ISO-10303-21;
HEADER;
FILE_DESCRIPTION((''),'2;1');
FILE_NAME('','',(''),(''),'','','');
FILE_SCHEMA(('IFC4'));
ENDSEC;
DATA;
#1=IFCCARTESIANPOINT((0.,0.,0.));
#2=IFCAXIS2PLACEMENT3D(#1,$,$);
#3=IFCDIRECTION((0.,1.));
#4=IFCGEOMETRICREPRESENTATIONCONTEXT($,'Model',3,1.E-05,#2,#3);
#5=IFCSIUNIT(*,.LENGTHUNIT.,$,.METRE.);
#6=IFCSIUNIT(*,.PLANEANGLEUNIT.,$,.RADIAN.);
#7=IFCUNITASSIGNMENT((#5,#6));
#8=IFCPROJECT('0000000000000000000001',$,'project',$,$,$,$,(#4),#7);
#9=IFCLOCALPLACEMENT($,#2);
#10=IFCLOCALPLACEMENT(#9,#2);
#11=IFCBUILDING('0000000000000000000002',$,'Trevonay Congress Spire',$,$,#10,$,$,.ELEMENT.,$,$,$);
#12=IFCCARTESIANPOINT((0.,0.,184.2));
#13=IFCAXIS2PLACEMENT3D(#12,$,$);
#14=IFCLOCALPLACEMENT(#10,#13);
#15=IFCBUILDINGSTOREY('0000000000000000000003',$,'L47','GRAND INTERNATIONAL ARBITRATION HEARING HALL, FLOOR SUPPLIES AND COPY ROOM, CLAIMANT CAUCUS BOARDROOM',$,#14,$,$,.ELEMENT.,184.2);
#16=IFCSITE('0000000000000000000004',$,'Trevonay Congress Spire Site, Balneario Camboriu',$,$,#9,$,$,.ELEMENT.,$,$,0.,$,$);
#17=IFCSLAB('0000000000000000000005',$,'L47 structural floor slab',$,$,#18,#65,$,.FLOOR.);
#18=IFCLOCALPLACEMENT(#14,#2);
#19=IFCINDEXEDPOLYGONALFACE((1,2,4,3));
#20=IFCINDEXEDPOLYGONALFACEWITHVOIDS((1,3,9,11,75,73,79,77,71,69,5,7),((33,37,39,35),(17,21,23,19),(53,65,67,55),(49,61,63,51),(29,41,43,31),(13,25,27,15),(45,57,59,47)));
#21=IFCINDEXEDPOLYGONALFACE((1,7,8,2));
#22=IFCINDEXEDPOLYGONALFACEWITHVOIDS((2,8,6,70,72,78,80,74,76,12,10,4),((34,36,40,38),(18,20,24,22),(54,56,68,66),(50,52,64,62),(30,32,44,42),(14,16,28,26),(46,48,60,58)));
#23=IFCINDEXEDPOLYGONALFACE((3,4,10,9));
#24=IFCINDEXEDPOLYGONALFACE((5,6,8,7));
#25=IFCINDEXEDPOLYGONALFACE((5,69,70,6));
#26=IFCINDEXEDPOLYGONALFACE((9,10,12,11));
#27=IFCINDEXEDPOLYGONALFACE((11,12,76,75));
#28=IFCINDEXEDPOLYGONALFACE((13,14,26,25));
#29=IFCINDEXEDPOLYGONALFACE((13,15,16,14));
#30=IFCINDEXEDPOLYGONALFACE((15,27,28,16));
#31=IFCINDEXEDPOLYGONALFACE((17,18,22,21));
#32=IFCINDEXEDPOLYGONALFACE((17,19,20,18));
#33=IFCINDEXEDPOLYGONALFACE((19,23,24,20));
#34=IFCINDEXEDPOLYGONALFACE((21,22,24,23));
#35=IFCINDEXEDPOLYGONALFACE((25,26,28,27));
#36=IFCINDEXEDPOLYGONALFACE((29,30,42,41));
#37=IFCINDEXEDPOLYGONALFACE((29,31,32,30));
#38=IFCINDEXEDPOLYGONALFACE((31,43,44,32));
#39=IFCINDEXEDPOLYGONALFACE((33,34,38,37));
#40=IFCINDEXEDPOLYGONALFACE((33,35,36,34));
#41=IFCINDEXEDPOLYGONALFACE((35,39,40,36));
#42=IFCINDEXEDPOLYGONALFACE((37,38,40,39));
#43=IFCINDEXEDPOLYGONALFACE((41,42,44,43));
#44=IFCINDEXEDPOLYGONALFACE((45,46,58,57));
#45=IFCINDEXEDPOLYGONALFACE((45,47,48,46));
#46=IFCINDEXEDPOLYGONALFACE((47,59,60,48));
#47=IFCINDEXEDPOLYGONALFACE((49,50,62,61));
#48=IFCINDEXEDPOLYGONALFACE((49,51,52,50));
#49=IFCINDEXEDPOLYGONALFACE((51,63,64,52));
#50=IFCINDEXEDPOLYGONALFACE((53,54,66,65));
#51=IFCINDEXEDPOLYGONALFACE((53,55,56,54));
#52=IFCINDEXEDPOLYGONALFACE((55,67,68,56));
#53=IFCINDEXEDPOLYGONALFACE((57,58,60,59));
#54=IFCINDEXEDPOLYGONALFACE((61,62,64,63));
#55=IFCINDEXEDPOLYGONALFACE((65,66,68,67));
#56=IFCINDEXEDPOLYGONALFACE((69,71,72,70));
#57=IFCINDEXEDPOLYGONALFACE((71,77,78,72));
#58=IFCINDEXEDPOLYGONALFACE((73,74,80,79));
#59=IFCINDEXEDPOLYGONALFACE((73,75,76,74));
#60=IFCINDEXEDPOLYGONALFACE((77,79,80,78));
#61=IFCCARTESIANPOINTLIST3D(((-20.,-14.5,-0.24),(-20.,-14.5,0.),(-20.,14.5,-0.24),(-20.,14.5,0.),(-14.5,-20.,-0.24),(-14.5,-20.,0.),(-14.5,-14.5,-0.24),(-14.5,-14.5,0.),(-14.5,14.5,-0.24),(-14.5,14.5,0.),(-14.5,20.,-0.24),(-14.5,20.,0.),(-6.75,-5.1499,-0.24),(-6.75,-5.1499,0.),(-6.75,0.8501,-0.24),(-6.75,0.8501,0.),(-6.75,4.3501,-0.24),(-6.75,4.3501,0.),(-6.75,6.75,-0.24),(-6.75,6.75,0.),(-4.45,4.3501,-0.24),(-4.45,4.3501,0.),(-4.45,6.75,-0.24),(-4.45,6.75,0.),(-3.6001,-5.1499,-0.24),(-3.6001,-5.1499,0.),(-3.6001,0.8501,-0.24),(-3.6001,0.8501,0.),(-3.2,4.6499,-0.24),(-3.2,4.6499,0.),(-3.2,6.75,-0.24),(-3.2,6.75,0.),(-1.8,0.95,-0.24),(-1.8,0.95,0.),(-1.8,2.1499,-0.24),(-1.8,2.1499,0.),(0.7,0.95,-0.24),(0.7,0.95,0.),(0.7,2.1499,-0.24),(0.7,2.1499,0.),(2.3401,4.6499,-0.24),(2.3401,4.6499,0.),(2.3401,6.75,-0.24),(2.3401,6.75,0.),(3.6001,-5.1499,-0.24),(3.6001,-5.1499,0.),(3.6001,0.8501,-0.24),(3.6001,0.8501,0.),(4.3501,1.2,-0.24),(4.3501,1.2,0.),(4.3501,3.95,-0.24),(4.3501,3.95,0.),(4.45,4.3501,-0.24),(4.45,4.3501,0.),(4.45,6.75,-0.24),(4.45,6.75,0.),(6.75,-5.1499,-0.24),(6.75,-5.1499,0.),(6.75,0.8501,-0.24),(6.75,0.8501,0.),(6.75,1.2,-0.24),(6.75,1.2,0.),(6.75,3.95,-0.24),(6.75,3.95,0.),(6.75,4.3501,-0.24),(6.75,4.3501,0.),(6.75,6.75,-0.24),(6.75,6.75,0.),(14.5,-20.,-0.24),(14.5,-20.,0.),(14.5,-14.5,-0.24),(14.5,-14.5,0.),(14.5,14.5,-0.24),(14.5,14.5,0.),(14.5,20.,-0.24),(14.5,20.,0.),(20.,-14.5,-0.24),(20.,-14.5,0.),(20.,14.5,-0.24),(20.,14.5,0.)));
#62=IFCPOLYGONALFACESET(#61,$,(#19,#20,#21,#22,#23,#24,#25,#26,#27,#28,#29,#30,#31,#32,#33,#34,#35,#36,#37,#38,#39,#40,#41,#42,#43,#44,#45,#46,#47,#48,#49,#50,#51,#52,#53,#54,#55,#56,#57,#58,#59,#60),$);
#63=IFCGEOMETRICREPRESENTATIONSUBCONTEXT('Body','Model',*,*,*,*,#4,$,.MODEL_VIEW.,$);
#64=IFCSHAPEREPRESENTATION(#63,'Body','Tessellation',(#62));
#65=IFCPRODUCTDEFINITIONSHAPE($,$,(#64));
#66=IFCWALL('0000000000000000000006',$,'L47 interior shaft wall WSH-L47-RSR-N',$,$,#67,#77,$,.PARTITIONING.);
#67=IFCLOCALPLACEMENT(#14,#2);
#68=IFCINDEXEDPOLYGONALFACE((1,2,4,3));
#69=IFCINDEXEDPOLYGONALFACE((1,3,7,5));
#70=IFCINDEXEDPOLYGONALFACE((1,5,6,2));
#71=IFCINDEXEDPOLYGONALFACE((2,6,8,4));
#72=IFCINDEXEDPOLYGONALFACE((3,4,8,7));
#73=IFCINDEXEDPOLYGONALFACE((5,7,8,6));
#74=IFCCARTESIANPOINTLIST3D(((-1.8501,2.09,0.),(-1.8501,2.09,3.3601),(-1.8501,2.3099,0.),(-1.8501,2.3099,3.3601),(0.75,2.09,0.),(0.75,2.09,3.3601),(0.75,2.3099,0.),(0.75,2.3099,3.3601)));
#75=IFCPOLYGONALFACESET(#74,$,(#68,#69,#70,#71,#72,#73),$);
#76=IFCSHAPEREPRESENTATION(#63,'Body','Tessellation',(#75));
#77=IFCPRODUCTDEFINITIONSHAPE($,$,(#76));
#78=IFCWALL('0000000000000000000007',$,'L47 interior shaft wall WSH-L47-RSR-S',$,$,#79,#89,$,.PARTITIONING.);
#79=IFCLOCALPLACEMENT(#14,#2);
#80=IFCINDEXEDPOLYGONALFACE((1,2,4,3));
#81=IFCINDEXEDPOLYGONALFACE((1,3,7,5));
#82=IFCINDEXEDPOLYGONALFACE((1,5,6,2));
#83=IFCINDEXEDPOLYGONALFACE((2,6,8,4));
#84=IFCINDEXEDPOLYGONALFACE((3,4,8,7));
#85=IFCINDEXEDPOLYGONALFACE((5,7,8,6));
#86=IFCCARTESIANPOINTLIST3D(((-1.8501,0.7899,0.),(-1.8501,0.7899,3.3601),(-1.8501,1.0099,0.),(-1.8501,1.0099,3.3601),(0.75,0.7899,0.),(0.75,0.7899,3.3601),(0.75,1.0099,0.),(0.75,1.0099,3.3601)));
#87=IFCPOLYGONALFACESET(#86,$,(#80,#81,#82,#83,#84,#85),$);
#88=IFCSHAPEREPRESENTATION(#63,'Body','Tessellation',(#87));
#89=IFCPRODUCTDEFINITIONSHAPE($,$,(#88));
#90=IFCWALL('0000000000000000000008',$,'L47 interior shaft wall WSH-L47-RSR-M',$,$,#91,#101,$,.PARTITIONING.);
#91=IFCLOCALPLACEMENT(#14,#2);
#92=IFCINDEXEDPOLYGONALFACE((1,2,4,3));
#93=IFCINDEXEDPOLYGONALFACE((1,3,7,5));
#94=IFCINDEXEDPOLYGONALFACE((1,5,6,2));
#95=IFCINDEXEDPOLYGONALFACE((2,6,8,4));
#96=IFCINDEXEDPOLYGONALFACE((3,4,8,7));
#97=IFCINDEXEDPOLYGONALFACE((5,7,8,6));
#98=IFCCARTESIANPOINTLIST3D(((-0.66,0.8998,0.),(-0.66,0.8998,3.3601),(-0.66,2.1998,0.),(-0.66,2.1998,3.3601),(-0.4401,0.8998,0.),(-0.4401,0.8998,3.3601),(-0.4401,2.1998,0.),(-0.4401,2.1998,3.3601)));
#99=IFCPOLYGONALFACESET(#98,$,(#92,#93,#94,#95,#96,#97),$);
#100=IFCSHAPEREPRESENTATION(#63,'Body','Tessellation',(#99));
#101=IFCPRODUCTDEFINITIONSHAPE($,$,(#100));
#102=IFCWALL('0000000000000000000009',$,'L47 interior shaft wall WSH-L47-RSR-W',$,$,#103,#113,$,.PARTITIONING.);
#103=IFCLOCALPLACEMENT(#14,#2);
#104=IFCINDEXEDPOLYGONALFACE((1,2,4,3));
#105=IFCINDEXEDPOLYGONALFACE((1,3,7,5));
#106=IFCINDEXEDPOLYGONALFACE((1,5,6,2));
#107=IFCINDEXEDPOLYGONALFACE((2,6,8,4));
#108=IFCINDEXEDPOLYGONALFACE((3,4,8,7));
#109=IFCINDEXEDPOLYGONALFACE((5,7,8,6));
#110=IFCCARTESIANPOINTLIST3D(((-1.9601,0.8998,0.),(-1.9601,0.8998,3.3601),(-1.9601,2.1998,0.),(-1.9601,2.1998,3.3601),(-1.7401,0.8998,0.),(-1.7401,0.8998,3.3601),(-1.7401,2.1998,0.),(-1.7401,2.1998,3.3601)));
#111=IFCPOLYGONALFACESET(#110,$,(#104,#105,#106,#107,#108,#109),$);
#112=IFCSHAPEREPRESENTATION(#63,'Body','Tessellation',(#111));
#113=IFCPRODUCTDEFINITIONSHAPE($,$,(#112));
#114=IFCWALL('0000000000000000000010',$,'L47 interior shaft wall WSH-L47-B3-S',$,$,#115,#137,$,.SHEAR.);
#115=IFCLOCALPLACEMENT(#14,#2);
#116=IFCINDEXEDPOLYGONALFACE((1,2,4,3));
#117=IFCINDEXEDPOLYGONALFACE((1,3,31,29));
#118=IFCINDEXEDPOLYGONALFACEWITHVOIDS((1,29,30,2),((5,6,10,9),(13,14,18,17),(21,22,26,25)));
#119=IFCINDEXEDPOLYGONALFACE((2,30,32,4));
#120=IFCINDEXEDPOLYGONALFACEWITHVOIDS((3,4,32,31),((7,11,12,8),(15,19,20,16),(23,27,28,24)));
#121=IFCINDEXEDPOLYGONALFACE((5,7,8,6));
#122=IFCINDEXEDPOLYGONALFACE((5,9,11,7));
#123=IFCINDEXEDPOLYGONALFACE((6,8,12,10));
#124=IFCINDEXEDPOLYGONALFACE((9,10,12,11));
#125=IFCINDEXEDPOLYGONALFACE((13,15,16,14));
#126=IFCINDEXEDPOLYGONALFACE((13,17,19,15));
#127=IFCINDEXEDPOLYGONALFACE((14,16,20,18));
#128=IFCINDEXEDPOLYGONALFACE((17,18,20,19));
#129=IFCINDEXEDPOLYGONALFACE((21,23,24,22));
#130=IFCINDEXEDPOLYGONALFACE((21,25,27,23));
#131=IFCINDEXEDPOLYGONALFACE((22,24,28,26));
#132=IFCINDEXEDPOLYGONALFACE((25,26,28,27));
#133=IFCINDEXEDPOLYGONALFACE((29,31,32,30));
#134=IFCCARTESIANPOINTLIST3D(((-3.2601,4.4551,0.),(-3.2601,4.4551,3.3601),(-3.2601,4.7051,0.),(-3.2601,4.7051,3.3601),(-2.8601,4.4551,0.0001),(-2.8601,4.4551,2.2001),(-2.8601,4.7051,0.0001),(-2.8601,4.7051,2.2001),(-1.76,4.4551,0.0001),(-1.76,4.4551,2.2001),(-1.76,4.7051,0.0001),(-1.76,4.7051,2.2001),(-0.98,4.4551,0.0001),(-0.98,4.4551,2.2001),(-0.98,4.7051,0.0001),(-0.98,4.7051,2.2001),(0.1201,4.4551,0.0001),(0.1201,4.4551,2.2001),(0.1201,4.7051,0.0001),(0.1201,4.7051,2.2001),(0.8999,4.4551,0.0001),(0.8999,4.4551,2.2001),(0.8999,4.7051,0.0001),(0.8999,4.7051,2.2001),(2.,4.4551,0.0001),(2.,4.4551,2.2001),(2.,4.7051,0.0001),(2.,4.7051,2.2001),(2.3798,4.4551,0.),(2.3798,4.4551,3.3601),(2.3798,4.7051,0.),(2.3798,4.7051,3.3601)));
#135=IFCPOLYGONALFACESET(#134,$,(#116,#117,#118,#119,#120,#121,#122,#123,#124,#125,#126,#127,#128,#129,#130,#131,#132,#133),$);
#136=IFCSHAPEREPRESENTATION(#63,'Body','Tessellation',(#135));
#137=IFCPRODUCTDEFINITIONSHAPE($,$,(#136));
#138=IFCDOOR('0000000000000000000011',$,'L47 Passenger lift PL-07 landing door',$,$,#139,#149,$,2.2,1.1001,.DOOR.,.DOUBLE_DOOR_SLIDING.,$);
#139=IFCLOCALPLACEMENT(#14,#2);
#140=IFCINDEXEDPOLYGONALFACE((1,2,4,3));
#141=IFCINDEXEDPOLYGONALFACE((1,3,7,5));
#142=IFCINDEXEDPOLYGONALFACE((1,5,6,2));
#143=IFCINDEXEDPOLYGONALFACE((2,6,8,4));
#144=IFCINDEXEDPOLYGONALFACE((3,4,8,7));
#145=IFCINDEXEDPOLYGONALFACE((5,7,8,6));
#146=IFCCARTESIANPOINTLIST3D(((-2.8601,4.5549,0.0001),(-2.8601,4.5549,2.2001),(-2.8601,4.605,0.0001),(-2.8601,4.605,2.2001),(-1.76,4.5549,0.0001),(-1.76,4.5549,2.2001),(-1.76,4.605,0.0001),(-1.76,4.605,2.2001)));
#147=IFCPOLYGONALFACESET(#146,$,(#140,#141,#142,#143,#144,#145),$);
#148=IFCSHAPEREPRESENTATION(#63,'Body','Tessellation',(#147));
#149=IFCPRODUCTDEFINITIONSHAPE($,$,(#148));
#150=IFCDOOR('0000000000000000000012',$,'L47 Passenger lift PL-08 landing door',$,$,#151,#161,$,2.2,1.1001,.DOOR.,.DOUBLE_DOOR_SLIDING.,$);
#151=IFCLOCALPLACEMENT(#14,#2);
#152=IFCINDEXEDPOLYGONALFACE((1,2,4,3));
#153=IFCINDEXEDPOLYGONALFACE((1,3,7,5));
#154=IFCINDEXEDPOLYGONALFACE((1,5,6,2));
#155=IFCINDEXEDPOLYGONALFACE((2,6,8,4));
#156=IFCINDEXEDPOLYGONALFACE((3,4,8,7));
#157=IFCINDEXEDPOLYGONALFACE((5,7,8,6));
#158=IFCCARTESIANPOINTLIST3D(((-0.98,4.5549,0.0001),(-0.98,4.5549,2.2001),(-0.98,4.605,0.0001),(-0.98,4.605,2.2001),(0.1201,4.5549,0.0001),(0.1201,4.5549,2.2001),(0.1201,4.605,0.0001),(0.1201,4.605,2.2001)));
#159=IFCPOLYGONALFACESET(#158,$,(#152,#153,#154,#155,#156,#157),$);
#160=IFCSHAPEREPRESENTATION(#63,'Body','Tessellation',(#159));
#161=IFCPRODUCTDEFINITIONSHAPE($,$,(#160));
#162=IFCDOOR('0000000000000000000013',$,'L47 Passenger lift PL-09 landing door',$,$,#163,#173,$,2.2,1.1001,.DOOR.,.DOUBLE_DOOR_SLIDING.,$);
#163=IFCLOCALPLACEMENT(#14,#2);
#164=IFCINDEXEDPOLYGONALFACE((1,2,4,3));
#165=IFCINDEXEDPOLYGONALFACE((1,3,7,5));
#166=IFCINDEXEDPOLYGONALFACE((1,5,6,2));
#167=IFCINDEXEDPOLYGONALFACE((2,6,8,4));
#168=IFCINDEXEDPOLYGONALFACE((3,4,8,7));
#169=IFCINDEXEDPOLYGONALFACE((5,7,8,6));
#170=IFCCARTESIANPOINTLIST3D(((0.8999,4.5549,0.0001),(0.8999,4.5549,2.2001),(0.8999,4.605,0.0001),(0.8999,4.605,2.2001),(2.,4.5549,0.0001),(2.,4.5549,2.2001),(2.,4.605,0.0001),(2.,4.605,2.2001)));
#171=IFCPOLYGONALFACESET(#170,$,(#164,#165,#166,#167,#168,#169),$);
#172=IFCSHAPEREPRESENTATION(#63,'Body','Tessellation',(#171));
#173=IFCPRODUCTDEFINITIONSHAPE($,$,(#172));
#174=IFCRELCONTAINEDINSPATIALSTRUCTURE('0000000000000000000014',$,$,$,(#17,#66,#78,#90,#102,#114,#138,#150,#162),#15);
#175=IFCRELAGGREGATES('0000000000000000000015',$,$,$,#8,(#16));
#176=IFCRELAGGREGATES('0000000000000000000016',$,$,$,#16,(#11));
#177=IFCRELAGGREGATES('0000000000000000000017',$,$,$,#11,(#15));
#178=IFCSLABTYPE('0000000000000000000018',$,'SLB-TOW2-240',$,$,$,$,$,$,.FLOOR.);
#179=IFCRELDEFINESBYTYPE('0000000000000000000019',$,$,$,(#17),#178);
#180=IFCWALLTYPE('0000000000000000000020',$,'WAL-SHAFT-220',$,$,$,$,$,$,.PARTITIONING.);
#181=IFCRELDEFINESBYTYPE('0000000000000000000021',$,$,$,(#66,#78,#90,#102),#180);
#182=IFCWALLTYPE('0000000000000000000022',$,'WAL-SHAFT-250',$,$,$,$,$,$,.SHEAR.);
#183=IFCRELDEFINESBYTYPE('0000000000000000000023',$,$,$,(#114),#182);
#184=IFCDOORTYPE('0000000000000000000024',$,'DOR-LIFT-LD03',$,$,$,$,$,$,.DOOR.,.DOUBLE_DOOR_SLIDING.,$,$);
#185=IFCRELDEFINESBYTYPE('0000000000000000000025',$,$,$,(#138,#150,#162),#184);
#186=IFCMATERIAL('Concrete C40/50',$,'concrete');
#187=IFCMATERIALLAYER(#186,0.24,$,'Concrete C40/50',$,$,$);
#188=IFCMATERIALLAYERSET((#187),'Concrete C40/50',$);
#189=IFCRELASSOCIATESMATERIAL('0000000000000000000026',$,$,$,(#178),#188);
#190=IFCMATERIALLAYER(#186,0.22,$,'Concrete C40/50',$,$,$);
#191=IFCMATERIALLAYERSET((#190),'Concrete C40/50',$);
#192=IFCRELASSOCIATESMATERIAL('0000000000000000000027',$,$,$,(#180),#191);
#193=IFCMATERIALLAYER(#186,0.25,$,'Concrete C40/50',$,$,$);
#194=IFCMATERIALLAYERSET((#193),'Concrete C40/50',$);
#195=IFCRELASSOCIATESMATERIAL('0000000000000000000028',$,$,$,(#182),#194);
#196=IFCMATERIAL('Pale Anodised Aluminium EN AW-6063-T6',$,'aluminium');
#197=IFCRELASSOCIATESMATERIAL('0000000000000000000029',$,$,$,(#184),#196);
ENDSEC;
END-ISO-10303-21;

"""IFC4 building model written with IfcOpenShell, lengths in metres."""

from ifc_helpers import new_model, si_unit, direction, frame, frame_2d, origin, place, context, subcontext, project, spatial, polyline, rectangle, outline, extrude, material, layer, layer_set, type_object, element, fill, save


model = new_model("IFC4")

# Units and contexts
model_context = context("Model", 3, precision=1e-05, world=origin(), true_north=direction((0.0, 1.0)))
body_context = subcontext(model_context, "Body", "Model", "MODEL_VIEW")
ifc_project = project(units=[si_unit("LENGTHUNIT", "METRE"), si_unit("PLANEANGLEUNIT", "RADIAN")], contexts=[model_context])

# Site, building, storey
site_placement = place(None, origin())
site = spatial("IfcSite", under=ifc_project, at=site_placement, Name="Trevonay Congress Spire Site, Balneario Camboriu", CompositionType="ELEMENT", RefElevation=0.0)
building_placement = place(site_placement, origin())
building = spatial("IfcBuilding", under=site, at=building_placement, Name="Trevonay Congress Spire", CompositionType="ELEMENT")
storey_placement = place(building_placement, frame((0.0, 0.0, 184.2)))
storey = spatial("IfcBuildingStorey", under=building, at=storey_placement, Name="L47", Description="GRAND INTERNATIONAL ARBITRATION HEARING HALL, FLOOR SUPPLIES AND COPY ROOM, CLAIMANT CAUCUS BOARDROOM", CompositionType="ELEMENT", Elevation=184.2)

# Shared definitions
ifc_material_1 = material(Name="Concrete C40/50", Category="concrete")

# Slab
ifc_layer_1 = layer(ifc_material_1, 0.24, Name="Concrete C40/50")
ifc_layer_set_1 = layer_set([ifc_layer_1], Name="Concrete C40/50")
slab_type_1 = type_object("IfcSlabType", Name="SLB-TOW2-240", PredefinedType="FLOOR", material=ifc_layer_set_1)
slab_1_placement = place(storey_placement, frame((0.0, 0.0, -0.24)))
element("IfcSlab", 1, at=slab_1_placement, inside=storey, type_object=slab_type_1, Name="L47 structural floor slab", PredefinedType="FLOOR", context=body_context, shape_type="SweptSolid", body=[
    extrude(outline(polyline([(-14.5, -20.0), (14.5, -20.0), (14.5, -14.5), (20.0, -14.5), (20.0, 14.5), (14.5, 14.5), (14.5, 20.0), (-14.5, 20.0), (-14.5, 14.5), (-20.0, 14.5), (-20.0, -14.5), (-14.5, -14.5), (-14.5, -20.0)]), holes=[polyline([(-3.6001, -5.1499), (-3.6001, 0.8501), (-6.75, 0.8501), (-6.75, -5.1499), (-3.6001, -5.1499)]), polyline([(6.75, -5.1499), (6.75, 0.8501), (3.6001, 0.8501), (3.6001, -5.1499), (6.75, -5.1499)]), polyline([(-3.2, 4.6499), (2.3401, 4.6499), (2.3401, 6.75), (-3.2, 6.75), (-3.2, 4.6499)]), polyline([(-6.75, 4.3501), (-4.45, 4.3501), (-4.45, 6.75), (-6.75, 6.75), (-6.75, 4.3501)]), polyline([(4.45, 4.3501), (6.75, 4.3501), (6.75, 6.75), (4.45, 6.75), (4.45, 4.3501)]), polyline([(4.3501, 1.2), (6.75, 1.2), (6.75, 3.95), (4.3501, 3.95), (4.3501, 1.2)]), polyline([(-1.8, 0.95), (0.7, 0.95), (0.7, 2.1499), (-1.8, 2.1499), (-1.8, 0.95)])]), origin(), (0.0, 0.0, 1.0), 0.24),
])

# Walls
ifc_layer_2 = layer(ifc_material_1, 0.22, Name="Concrete C40/50")
ifc_layer_set_2 = layer_set([ifc_layer_2], Name="Concrete C40/50")
wall_type_1 = type_object("IfcWallType", Name="WAL-SHAFT-220", PredefinedType="PARTITIONING", material=ifc_layer_set_2)
for number, where, z_axis, x_axis, name in (
    (2, (-1.8501, 2.2, 0.0), (0.0, 0.0, 1.0), (1.0, 0.0, 0.0), "L47 interior shaft wall WSH-L47-RSR-N"),
    (3, (-1.8501, 0.8999, 0.0), (0.0, 0.0, 1.0), (1.0, 0.0, 0.0), "L47 interior shaft wall WSH-L47-RSR-S"),
):
    element("IfcWall", number, at=place(storey_placement, frame(where, z_axis=z_axis, x_axis=x_axis)), inside=storey, type_object=wall_type_1, Name=name, PredefinedType="PARTITIONING", context=body_context, shape_type="SweptSolid", body=[
        extrude(rectangle(XDim=2.6001, YDim=0.22, at=frame_2d((1.3, 0.0))), origin(), (0.0, 0.0, 1.0), 3.3601),
    ])
for number, where, z_axis, x_axis, name in (
    (4, (-0.55, 0.8999, 0.0), (0.0, 0.0, 1.0), (0.0, 1.0, 0.0), "L47 interior shaft wall WSH-L47-RSR-M"),
    (5, (-1.8501, 0.8999, 0.0), (0.0, 0.0, 1.0), (0.0, 1.0, 0.0), "L47 interior shaft wall WSH-L47-RSR-W"),
):
    element("IfcWall", number, at=place(storey_placement, frame(where, z_axis=z_axis, x_axis=x_axis)), inside=storey, type_object=wall_type_1, Name=name, PredefinedType="PARTITIONING", context=body_context, shape_type="SweptSolid", body=[
        extrude(rectangle(XDim=1.3, YDim=0.22, at=frame_2d((0.6499, 0.0))), origin(), (0.0, 0.0, 1.0), 3.3601),
    ])

# Wall, openings, doors
ifc_layer_3 = layer(ifc_material_1, 0.25, Name="Concrete C40/50")
ifc_layer_set_3 = layer_set([ifc_layer_3], Name="Concrete C40/50")
wall_type_2 = type_object("IfcWallType", Name="WAL-SHAFT-250", PredefinedType="SHEAR", material=ifc_layer_set_3)
wall_1_placement = place(storey_placement, frame((-3.26, 4.5801, 0.0), z_axis=(0.0, 0.0, 1.0), x_axis=(1.0, 0.0, 0.0)))
wall_1 = element("IfcWall", 6, at=wall_1_placement, inside=storey, type_object=wall_type_2, Name="L47 interior shaft wall WSH-L47-B3-S", PredefinedType="SHEAR", context=body_context, shape_type="SweptSolid", body=[
    extrude(rectangle(XDim=5.6399, YDim=0.25, at=frame_2d((2.8198, 0.0))), origin(), (0.0, 0.0, 1.0), 3.3601),
])
opening_1_placement = place(wall_1_placement, frame((0.3999, 0.0, 0.0)))
opening_1 = element("IfcOpeningElement", 7, at=opening_1_placement, cuts=wall_1, PredefinedType="OPENING", context=body_context, shape_type="SweptSolid", body=[
    extrude(rectangle(XDim=1.1001, YDim=2.2, at=frame_2d((0.55, 1.1001))), frame((0.0, 0.135, 0.0), z_axis=(0.0, -1.0, 0.0), x_axis=(1.0, 0.0, 0.0)), (0.0, 0.0, 1.0), 0.27),
])
opening_2_placement = place(wall_1_placement, frame((2.28, 0.0, 0.0)))
opening_2 = element("IfcOpeningElement", 8, at=opening_2_placement, cuts=wall_1, PredefinedType="OPENING", context=body_context, shape_type="SweptSolid", body=[
    extrude(rectangle(XDim=1.1001, YDim=2.2, at=frame_2d((0.55, 1.1001))), frame((0.0, 0.135, 0.0), z_axis=(0.0, -1.0, 0.0), x_axis=(1.0, 0.0, 0.0)), (0.0, 0.0, 1.0), 0.27),
])
opening_3_placement = place(wall_1_placement, frame((4.1599, 0.0, 0.0)))
opening_3 = element("IfcOpeningElement", 9, at=opening_3_placement, cuts=wall_1, PredefinedType="OPENING", context=body_context, shape_type="SweptSolid", body=[
    extrude(rectangle(XDim=1.1001, YDim=2.2, at=frame_2d((0.55, 1.1001))), frame((0.0, 0.135, 0.0), z_axis=(0.0, -1.0, 0.0), x_axis=(1.0, 0.0, 0.0)), (0.0, 0.0, 1.0), 0.27),
])
ifc_material_2 = material(Name="Pale Anodised Aluminium EN AW-6063-T6", Category="aluminium")
door_type_1 = type_object("IfcDoorType", Name="DOR-LIFT-LD03", OperationType="DOUBLE_DOOR_SLIDING", PredefinedType="DOOR", material=ifc_material_2)
door_1_placement = place(opening_1_placement, origin())
door_1 = element("IfcDoor", 10, at=door_1_placement, inside=storey, type_object=door_type_1, Name="L47 Passenger lift PL-07 landing door", OperationType="DOUBLE_DOOR_SLIDING", OverallHeight=2.2, OverallWidth=1.1001, PredefinedType="DOOR", context=body_context, shape_type="SweptSolid", body=[
    extrude(rectangle(XDim=1.1001, YDim=2.2, at=frame_2d((0.55, 1.1001))), frame((0.0, 0.0249, 0.0), z_axis=(0.0, -1.0, 0.0), x_axis=(1.0, 0.0, 0.0)), (0.0, 0.0, 1.0), 0.05),
])
fill(opening_1, door_1)
door_2_placement = place(opening_2_placement, origin())
door_2 = element("IfcDoor", 11, at=door_2_placement, inside=storey, type_object=door_type_1, Name="L47 Passenger lift PL-08 landing door", OperationType="DOUBLE_DOOR_SLIDING", OverallHeight=2.2, OverallWidth=1.1001, PredefinedType="DOOR", context=body_context, shape_type="SweptSolid", body=[
    extrude(rectangle(XDim=1.1001, YDim=2.2, at=frame_2d((0.55, 1.1001))), frame((0.0, 0.0249, 0.0), z_axis=(0.0, -1.0, 0.0), x_axis=(1.0, 0.0, 0.0)), (0.0, 0.0, 1.0), 0.05),
])
fill(opening_2, door_2)
door_3_placement = place(opening_3_placement, origin())
door_3 = element("IfcDoor", 12, at=door_3_placement, inside=storey, type_object=door_type_1, Name="L47 Passenger lift PL-09 landing door", OperationType="DOUBLE_DOOR_SLIDING", OverallHeight=2.2, OverallWidth=1.1001, PredefinedType="DOOR", context=body_context, shape_type="SweptSolid", body=[
    extrude(rectangle(XDim=1.1001, YDim=2.2, at=frame_2d((0.55, 1.1001))), frame((0.0, 0.0249, 0.0), z_axis=(0.0, -1.0, 0.0), x_axis=(1.0, 0.0, 0.0)), (0.0, 0.0, 1.0), 0.05),
])
fill(opening_3, door_3)

save(model, "model.ifc")
